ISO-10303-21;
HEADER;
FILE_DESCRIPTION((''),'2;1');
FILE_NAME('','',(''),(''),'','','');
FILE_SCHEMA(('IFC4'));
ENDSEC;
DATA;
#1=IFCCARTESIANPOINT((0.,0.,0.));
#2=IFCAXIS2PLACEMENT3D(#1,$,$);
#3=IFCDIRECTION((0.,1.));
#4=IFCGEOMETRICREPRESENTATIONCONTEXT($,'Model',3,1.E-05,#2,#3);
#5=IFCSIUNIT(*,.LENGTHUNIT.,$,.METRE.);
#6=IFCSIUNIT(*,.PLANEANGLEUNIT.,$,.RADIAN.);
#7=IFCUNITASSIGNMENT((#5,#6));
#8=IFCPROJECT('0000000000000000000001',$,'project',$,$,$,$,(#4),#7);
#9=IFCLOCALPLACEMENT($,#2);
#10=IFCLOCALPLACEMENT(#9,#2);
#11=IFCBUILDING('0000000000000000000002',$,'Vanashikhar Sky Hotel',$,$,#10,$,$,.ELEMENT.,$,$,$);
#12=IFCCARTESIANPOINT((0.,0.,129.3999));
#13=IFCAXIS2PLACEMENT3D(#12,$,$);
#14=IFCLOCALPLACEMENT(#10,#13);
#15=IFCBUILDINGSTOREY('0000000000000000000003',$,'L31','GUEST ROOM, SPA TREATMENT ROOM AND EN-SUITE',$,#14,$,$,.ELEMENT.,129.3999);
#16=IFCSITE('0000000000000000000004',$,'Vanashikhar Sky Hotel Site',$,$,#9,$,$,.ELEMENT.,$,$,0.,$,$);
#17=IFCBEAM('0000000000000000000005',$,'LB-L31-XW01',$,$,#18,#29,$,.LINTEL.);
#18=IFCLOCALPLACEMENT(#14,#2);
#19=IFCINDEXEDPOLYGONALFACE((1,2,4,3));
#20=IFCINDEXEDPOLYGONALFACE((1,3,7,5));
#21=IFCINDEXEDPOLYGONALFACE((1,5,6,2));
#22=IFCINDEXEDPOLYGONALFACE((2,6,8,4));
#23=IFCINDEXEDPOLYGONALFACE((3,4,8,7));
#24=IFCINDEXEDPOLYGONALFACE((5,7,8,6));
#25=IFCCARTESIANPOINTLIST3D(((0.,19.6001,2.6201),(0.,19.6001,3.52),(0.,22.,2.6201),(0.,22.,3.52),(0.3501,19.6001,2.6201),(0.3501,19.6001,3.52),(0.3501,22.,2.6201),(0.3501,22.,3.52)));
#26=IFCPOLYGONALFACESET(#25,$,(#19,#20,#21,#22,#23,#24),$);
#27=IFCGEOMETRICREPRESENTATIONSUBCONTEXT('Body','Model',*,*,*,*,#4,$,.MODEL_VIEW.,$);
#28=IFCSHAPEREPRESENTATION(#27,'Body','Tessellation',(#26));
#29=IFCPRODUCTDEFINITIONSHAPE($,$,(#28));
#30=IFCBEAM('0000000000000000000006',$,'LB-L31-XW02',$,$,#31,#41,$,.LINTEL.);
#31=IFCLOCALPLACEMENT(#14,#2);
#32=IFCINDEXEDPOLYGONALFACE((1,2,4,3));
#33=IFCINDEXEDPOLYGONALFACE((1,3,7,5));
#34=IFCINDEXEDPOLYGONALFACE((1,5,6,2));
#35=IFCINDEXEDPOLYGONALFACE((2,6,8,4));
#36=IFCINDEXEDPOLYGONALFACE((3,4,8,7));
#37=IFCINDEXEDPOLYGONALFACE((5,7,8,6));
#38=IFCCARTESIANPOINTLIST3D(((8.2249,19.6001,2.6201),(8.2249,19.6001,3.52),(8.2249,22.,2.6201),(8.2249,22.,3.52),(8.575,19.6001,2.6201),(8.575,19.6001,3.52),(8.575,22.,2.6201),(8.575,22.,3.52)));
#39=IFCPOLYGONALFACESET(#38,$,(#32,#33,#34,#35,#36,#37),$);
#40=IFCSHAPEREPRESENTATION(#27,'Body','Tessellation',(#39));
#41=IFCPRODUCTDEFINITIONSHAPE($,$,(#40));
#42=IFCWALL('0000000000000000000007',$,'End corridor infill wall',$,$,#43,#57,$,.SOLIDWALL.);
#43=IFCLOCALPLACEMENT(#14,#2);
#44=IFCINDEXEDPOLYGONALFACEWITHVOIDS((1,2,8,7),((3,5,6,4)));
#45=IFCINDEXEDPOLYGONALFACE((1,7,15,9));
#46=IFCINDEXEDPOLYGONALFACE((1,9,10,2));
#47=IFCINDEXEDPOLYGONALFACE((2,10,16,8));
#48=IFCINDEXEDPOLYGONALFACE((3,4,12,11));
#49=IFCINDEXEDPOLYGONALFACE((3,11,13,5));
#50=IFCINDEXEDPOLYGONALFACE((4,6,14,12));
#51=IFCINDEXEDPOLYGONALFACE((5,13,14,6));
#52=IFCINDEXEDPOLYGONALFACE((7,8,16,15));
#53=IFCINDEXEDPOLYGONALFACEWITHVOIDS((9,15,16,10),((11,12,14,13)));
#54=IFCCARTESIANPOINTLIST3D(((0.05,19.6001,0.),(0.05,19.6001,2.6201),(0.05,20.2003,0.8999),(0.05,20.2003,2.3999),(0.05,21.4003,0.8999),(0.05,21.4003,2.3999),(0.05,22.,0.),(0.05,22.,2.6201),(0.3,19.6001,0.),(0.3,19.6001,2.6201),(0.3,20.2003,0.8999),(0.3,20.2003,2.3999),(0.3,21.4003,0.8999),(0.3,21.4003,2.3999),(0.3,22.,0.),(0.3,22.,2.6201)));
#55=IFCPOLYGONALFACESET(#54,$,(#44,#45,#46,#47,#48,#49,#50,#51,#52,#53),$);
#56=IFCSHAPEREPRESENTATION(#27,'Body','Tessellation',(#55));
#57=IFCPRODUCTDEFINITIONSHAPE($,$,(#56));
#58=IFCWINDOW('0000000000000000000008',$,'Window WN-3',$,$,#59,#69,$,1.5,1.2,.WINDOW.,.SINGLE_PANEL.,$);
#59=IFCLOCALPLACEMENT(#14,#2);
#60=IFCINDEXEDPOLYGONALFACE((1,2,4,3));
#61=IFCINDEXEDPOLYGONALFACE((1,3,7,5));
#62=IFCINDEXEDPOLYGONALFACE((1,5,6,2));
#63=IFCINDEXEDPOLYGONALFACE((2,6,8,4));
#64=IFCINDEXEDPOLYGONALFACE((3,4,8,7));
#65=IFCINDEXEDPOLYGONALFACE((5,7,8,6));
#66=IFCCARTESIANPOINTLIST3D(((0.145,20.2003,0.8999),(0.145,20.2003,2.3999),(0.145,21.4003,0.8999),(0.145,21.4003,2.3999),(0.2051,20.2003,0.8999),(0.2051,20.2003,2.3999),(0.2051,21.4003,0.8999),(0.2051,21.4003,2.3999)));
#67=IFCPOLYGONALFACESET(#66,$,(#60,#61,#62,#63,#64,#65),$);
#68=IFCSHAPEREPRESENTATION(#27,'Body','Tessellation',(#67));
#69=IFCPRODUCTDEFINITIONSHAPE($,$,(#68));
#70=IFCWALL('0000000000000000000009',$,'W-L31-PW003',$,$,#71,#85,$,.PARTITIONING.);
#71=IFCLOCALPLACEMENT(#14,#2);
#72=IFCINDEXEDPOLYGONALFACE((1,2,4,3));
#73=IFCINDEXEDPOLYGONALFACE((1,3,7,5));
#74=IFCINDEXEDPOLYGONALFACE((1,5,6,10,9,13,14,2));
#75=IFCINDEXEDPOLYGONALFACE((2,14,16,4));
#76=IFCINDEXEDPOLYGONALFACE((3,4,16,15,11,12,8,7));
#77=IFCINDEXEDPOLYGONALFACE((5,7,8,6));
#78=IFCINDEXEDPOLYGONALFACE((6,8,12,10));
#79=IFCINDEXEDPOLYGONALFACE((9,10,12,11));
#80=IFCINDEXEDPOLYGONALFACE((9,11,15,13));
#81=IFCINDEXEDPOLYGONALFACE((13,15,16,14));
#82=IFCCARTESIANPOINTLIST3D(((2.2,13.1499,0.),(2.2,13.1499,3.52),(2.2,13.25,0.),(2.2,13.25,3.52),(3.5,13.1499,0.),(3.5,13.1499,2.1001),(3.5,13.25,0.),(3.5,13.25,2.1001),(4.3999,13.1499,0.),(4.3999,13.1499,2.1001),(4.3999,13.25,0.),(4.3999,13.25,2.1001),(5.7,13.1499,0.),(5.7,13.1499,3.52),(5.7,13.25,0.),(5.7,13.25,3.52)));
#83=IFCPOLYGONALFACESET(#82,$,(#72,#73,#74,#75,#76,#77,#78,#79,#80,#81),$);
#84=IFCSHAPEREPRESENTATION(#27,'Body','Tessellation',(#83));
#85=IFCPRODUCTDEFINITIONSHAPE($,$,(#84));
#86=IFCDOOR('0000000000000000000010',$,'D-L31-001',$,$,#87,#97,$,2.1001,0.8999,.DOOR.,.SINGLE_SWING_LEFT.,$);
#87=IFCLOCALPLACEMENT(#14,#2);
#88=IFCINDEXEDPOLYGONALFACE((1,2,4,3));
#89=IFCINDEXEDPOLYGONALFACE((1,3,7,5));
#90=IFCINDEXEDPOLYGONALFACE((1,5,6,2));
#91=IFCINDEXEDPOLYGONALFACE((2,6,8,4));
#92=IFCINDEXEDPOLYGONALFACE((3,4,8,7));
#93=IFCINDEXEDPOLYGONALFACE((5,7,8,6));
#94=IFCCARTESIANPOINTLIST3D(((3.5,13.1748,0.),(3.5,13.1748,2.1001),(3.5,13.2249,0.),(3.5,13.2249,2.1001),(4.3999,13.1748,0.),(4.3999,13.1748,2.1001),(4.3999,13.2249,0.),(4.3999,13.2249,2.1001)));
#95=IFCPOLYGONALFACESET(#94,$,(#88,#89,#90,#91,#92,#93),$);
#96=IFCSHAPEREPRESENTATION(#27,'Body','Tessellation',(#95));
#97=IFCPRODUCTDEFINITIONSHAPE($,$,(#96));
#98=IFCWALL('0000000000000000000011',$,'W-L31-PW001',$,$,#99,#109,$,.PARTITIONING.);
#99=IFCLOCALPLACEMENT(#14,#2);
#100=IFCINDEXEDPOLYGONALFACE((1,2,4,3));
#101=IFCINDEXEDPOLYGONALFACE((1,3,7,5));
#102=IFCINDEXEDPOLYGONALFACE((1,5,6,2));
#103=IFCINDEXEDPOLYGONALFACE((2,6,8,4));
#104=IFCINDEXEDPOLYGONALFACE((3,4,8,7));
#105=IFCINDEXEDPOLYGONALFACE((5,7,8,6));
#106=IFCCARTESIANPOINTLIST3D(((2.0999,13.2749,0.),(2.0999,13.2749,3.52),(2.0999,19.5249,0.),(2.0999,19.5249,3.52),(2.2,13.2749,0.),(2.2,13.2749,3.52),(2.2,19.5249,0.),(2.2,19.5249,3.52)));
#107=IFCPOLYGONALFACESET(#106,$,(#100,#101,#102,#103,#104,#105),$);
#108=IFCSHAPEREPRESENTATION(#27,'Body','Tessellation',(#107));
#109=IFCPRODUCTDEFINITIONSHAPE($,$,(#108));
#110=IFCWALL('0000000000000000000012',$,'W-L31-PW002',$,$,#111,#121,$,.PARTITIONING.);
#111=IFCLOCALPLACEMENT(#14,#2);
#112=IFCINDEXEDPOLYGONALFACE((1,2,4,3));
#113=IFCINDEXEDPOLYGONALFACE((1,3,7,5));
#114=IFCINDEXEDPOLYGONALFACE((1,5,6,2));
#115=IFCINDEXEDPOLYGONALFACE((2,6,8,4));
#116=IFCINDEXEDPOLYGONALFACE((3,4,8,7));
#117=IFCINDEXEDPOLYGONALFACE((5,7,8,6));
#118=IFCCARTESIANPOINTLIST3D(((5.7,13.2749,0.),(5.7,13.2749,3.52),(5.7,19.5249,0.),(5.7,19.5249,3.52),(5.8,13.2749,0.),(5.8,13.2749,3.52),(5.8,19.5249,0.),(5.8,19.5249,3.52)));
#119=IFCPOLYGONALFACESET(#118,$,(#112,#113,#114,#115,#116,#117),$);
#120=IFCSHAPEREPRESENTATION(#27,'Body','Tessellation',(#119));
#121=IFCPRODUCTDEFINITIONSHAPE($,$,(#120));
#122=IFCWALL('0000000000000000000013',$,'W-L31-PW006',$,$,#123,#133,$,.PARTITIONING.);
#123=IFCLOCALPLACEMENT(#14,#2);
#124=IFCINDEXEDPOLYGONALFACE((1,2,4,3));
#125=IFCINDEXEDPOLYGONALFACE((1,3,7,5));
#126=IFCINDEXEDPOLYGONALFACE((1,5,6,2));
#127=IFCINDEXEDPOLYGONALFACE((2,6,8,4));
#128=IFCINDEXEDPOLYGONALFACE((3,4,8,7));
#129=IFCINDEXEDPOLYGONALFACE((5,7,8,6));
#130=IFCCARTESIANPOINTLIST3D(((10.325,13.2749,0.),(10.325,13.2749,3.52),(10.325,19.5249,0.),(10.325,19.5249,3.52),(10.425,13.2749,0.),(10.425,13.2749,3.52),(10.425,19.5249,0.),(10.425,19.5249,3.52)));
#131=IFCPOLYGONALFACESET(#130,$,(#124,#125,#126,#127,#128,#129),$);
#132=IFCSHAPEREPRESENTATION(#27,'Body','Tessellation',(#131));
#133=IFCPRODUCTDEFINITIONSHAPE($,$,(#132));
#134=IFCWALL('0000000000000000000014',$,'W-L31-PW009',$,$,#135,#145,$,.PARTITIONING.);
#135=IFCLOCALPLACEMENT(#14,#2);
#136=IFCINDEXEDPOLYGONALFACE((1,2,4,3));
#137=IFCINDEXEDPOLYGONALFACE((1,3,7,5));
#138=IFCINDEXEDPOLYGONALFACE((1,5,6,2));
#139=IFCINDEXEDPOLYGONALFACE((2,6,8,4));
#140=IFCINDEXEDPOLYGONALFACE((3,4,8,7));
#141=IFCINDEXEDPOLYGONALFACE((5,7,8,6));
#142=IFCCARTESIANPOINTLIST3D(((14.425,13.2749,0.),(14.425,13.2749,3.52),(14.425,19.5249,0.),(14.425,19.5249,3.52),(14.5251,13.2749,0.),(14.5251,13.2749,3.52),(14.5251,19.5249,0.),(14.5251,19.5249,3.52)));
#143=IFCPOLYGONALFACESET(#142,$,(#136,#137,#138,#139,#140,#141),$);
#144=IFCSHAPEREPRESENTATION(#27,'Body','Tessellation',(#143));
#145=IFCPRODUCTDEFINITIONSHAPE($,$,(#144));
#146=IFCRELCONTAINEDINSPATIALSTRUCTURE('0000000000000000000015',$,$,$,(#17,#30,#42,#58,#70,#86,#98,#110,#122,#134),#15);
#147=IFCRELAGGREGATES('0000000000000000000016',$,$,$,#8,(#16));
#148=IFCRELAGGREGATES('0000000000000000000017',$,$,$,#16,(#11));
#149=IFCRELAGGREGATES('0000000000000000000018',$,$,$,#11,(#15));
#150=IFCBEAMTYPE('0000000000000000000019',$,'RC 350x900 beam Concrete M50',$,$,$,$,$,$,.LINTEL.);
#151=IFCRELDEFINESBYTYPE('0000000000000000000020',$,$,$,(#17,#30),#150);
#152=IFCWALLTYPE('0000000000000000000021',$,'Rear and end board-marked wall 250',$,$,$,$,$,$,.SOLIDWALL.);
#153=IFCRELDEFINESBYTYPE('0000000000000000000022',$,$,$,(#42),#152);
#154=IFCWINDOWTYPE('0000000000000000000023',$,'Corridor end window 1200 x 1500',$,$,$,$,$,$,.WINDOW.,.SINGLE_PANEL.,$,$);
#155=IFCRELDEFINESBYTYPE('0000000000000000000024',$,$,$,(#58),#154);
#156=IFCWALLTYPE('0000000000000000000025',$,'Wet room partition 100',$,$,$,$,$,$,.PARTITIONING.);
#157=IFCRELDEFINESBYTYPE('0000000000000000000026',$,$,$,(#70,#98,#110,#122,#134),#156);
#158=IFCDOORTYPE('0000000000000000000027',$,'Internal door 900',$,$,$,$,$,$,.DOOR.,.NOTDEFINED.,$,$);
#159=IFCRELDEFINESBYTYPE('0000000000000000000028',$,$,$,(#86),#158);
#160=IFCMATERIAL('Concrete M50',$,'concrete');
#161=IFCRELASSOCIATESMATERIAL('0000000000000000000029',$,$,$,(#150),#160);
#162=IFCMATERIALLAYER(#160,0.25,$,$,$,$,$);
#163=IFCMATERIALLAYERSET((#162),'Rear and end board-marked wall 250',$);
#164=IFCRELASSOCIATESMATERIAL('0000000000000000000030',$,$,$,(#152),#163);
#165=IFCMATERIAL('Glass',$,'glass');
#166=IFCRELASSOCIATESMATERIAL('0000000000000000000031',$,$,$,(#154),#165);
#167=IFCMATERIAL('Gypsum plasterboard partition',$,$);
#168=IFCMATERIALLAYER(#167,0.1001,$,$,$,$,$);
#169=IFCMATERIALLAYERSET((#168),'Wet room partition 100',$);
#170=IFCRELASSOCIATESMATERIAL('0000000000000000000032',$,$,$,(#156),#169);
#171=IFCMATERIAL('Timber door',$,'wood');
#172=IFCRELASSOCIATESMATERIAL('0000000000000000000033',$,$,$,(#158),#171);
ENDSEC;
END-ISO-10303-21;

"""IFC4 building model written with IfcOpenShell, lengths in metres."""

from ifc_helpers import new_model, si_unit, direction, frame, frame_2d, origin, origin_2d, place, context, subcontext, project, spatial, rectangle, extrude, source, transform, mapped, material, layer, layer_set, material_profile, profile_set, type_object, element, fill, save


model = new_model("IFC4")

# Units and contexts
model_context = context("Model", 3, precision=1e-05, world=origin(), true_north=direction((0.0, 1.0)))
body_context = subcontext(model_context, "Body", "Model", "MODEL_VIEW")
ifc_project = project(units=[si_unit("LENGTHUNIT", "METRE"), si_unit("PLANEANGLEUNIT", "RADIAN")], contexts=[model_context])

# Site, building, storey
site_placement = place(None, origin())
site = spatial("IfcSite", under=ifc_project, at=site_placement, Name="Vanashikhar Sky Hotel Site", CompositionType="ELEMENT", RefElevation=0.0)
building_placement = place(site_placement, origin())
building = spatial("IfcBuilding", under=site, at=building_placement, Name="Vanashikhar Sky Hotel", CompositionType="ELEMENT")
storey_placement = place(building_placement, frame((0.0, 0.0, 129.3999)))
storey = spatial("IfcBuildingStorey", under=building, at=storey_placement, Name="L31", Description="GUEST ROOM, SPA TREATMENT ROOM AND EN-SUITE", CompositionType="ELEMENT", Elevation=129.3999)

# Beams
ifc_material_1 = material(Name="Concrete M50", Category="concrete")
ifc_material_profile = material_profile(ifc_material_1, rectangle(XDim=0.3501, YDim=0.8999, at=origin_2d()))
ifc_profile_set = profile_set([ifc_material_profile], Name="RC 350x900 beam Concrete M50")
beam_type = type_object("IfcBeamType", Name="RC 350x900 beam Concrete M50", PredefinedType="LINTEL", material=ifc_profile_set)
shared_shape_1 = source(origin(), body_context, "Body", "SweptSolid", [
    extrude(rectangle(XDim=0.3501, YDim=0.8999, at=origin_2d()), origin(), (0.0, 0.0, 1.0), 2.3999),
])
for number, where, z_axis, x_axis, name in (
    (1, (0.175, 19.6001, 3.0701), (0.0, 1.0, 0.0), (-1.0, 0.0, 0.0), "LB-L31-XW01"),
    (2, (8.3999, 19.6001, 3.0701), (0.0, 1.0, 0.0), (-1.0, 0.0, 0.0), "LB-L31-XW02"),
):
    element("IfcBeam", number, at=place(storey_placement, frame(where, z_axis=z_axis, x_axis=x_axis)), inside=storey, type_object=beam_type, Name=name, PredefinedType="LINTEL", context=body_context, shape_type="MappedRepresentation", body=[
        mapped(shared_shape_1, transform((0.0, 0.0, 0.0), scale=1.0)),
    ])

# Wall, opening, window
ifc_layer_1 = layer(ifc_material_1, 0.25)
ifc_layer_set_1 = layer_set([ifc_layer_1], Name="Rear and end board-marked wall 250")
wall_type_1 = type_object("IfcWallType", Name="Rear and end board-marked wall 250", PredefinedType="SOLIDWALL", material=ifc_layer_set_1)
shared_shape_2 = source(origin(), body_context, "Body", "SweptSolid", [
    extrude(rectangle(XDim=2.3999, YDim=0.25, at=frame_2d((1.2, 0.0))), origin(), (0.0, 0.0, 1.0), 2.6201),
])
wall_1_placement = place(storey_placement, frame((0.175, 19.6001, 0.0), z_axis=(0.0, 0.0, 1.0), x_axis=(0.0, 1.0, 0.0)))
wall_1 = element("IfcWall", 3, at=wall_1_placement, inside=storey, type_object=wall_type_1, Name="End corridor infill wall", PredefinedType="SOLIDWALL", context=body_context, shape_type="MappedRepresentation", body=[
    mapped(shared_shape_2, transform((0.0, 0.0, 0.0), scale=1.0)),
])
shared_shape_3 = source(origin(), body_context, "Body", "SweptSolid", [
    extrude(rectangle(XDim=1.2, YDim=1.5, at=frame_2d((0.6001, 0.75))), frame((0.0, 0.135, 0.0), z_axis=(0.0, -1.0, 0.0), x_axis=(1.0, 0.0, 0.0)), (0.0, 0.0, 1.0), 0.27),
])
opening_1_placement = place(wall_1_placement, frame((0.6001, 0.0, 0.8999)))
opening_1 = element("IfcOpeningElement", 4, at=opening_1_placement, cuts=wall_1, PredefinedType="OPENING", context=body_context, shape_type="MappedRepresentation", body=[
    mapped(shared_shape_3, transform((0.0, 0.0, 0.0), scale=1.0)),
])
ifc_material_2 = material(Name="Glass", Category="glass")
window_type = type_object("IfcWindowType", Name="Corridor end window 1200 x 1500", PartitioningType="SINGLE_PANEL", PredefinedType="WINDOW", material=ifc_material_2)
shared_shape_4 = source(origin(), body_context, "Body", "SweptSolid", [
    extrude(rectangle(XDim=1.2, YDim=1.5, at=frame_2d((0.6001, 0.75))), frame((0.0, 0.03, 0.0), z_axis=(0.0, -1.0, 0.0), x_axis=(1.0, 0.0, 0.0)), (0.0, 0.0, 1.0), 0.0601),
])
window_placement = place(opening_1_placement, origin())
window = element("IfcWindow", 5, at=window_placement, inside=storey, type_object=window_type, Name="Window WN-3", OverallHeight=1.5, OverallWidth=1.2, PartitioningType="SINGLE_PANEL", PredefinedType="WINDOW", context=body_context, shape_type="MappedRepresentation", body=[
    mapped(shared_shape_4, transform((0.0, 0.0, 0.0), scale=1.0)),
])
fill(opening_1, window)

# Wall, opening, door
ifc_material_3 = material(Name="Gypsum plasterboard partition")
ifc_layer_2 = layer(ifc_material_3, 0.1001)
ifc_layer_set_2 = layer_set([ifc_layer_2], Name="Wet room partition 100")
wall_type_2 = type_object("IfcWallType", Name="Wet room partition 100", PredefinedType="PARTITIONING", material=ifc_layer_set_2)
shared_shape_5 = source(origin(), body_context, "Body", "SweptSolid", [
    extrude(rectangle(XDim=3.5, YDim=0.1001, at=frame_2d((1.75, 0.0))), origin(), (0.0, 0.0, 1.0), 3.52),
])
wall_2_placement = place(storey_placement, frame((2.2, 13.2, 0.0), z_axis=(0.0, 0.0, 1.0), x_axis=(1.0, 0.0, 0.0)))
wall_2 = element("IfcWall", 6, at=wall_2_placement, inside=storey, type_object=wall_type_2, Name="W-L31-PW003", PredefinedType="PARTITIONING", context=body_context, shape_type="MappedRepresentation", body=[
    mapped(shared_shape_5, transform((0.0, 0.0, 0.0), scale=1.0)),
])
shared_shape_6 = source(origin(), body_context, "Body", "SweptSolid", [
    extrude(rectangle(XDim=0.8999, YDim=2.1001, at=frame_2d((0.45, 1.05))), frame((0.0, 0.0601, 0.0), z_axis=(0.0, -1.0, 0.0), x_axis=(1.0, 0.0, 0.0)), (0.0, 0.0, 1.0), 0.1201),
])
opening_2_placement = place(wall_2_placement, frame((1.3, 0.0, 0.0)))
opening_2 = element("IfcOpeningElement", 7, at=opening_2_placement, cuts=wall_2, PredefinedType="OPENING", context=body_context, shape_type="MappedRepresentation", body=[
    mapped(shared_shape_6, transform((0.0, 0.0, 0.0), scale=1.0)),
])
ifc_material_4 = material(Name="Timber door", Category="wood")
door_type_1 = type_object("IfcDoorType", Name="Internal door 900", OperationType="NOTDEFINED", PredefinedType="DOOR", material=ifc_material_4)
shared_shape_7 = source(origin(), body_context, "Body", "SweptSolid", [
    extrude(rectangle(XDim=0.8999, YDim=2.1001, at=frame_2d((0.45, 1.05))), frame((0.0, 0.0249, 0.0), z_axis=(0.0, -1.0, 0.0), x_axis=(1.0, 0.0, 0.0)), (0.0, 0.0, 1.0), 0.05),
])
door_1_placement = place(opening_2_placement, origin())
door_1 = element("IfcDoor", 8, at=door_1_placement, inside=storey, type_object=door_type_1, Name="D-L31-001", OperationType="SINGLE_SWING_LEFT", OverallHeight=2.1001, OverallWidth=0.8999, PredefinedType="DOOR", context=body_context, shape_type="MappedRepresentation", body=[
    mapped(shared_shape_7, transform((0.0, 0.0, 0.0), scale=1.0)),
])
fill(opening_2, door_1)

# Walls
shared_shape_8 = source(origin(), body_context, "Body", "SweptSolid", [
    extrude(rectangle(XDim=6.25, YDim=0.1001, at=frame_2d((3.125, 0.0))), origin(), (0.0, 0.0, 1.0), 3.52),
])
for number, where, z_axis, x_axis, name in (
    (9, (2.1499, 13.2749, 0.0), (0.0, 0.0, 1.0), (0.0, 1.0, 0.0), "W-L31-PW001"),
    (10, (5.75, 13.2749, 0.0), (0.0, 0.0, 1.0), (0.0, 1.0, 0.0), "W-L31-PW002"),
    (11, (10.375, 13.2749, 0.0), (0.0, 0.0, 1.0), (0.0, 1.0, 0.0), "W-L31-PW006"),
    (12, (14.4751, 13.2749, 0.0), (0.0, 0.0, 1.0), (0.0, 1.0, 0.0), "W-L31-PW009"),
):
    element("IfcWall", number, at=place(storey_placement, frame(where, z_axis=z_axis, x_axis=x_axis)), inside=storey, type_object=wall_type_2, Name=name, PredefinedType="PARTITIONING", context=body_context, shape_type="MappedRepresentation", body=[
        mapped(shared_shape_8, transform((0.0, 0.0, 0.0), scale=1.0)),
    ])

save(model, "model.ifc")
